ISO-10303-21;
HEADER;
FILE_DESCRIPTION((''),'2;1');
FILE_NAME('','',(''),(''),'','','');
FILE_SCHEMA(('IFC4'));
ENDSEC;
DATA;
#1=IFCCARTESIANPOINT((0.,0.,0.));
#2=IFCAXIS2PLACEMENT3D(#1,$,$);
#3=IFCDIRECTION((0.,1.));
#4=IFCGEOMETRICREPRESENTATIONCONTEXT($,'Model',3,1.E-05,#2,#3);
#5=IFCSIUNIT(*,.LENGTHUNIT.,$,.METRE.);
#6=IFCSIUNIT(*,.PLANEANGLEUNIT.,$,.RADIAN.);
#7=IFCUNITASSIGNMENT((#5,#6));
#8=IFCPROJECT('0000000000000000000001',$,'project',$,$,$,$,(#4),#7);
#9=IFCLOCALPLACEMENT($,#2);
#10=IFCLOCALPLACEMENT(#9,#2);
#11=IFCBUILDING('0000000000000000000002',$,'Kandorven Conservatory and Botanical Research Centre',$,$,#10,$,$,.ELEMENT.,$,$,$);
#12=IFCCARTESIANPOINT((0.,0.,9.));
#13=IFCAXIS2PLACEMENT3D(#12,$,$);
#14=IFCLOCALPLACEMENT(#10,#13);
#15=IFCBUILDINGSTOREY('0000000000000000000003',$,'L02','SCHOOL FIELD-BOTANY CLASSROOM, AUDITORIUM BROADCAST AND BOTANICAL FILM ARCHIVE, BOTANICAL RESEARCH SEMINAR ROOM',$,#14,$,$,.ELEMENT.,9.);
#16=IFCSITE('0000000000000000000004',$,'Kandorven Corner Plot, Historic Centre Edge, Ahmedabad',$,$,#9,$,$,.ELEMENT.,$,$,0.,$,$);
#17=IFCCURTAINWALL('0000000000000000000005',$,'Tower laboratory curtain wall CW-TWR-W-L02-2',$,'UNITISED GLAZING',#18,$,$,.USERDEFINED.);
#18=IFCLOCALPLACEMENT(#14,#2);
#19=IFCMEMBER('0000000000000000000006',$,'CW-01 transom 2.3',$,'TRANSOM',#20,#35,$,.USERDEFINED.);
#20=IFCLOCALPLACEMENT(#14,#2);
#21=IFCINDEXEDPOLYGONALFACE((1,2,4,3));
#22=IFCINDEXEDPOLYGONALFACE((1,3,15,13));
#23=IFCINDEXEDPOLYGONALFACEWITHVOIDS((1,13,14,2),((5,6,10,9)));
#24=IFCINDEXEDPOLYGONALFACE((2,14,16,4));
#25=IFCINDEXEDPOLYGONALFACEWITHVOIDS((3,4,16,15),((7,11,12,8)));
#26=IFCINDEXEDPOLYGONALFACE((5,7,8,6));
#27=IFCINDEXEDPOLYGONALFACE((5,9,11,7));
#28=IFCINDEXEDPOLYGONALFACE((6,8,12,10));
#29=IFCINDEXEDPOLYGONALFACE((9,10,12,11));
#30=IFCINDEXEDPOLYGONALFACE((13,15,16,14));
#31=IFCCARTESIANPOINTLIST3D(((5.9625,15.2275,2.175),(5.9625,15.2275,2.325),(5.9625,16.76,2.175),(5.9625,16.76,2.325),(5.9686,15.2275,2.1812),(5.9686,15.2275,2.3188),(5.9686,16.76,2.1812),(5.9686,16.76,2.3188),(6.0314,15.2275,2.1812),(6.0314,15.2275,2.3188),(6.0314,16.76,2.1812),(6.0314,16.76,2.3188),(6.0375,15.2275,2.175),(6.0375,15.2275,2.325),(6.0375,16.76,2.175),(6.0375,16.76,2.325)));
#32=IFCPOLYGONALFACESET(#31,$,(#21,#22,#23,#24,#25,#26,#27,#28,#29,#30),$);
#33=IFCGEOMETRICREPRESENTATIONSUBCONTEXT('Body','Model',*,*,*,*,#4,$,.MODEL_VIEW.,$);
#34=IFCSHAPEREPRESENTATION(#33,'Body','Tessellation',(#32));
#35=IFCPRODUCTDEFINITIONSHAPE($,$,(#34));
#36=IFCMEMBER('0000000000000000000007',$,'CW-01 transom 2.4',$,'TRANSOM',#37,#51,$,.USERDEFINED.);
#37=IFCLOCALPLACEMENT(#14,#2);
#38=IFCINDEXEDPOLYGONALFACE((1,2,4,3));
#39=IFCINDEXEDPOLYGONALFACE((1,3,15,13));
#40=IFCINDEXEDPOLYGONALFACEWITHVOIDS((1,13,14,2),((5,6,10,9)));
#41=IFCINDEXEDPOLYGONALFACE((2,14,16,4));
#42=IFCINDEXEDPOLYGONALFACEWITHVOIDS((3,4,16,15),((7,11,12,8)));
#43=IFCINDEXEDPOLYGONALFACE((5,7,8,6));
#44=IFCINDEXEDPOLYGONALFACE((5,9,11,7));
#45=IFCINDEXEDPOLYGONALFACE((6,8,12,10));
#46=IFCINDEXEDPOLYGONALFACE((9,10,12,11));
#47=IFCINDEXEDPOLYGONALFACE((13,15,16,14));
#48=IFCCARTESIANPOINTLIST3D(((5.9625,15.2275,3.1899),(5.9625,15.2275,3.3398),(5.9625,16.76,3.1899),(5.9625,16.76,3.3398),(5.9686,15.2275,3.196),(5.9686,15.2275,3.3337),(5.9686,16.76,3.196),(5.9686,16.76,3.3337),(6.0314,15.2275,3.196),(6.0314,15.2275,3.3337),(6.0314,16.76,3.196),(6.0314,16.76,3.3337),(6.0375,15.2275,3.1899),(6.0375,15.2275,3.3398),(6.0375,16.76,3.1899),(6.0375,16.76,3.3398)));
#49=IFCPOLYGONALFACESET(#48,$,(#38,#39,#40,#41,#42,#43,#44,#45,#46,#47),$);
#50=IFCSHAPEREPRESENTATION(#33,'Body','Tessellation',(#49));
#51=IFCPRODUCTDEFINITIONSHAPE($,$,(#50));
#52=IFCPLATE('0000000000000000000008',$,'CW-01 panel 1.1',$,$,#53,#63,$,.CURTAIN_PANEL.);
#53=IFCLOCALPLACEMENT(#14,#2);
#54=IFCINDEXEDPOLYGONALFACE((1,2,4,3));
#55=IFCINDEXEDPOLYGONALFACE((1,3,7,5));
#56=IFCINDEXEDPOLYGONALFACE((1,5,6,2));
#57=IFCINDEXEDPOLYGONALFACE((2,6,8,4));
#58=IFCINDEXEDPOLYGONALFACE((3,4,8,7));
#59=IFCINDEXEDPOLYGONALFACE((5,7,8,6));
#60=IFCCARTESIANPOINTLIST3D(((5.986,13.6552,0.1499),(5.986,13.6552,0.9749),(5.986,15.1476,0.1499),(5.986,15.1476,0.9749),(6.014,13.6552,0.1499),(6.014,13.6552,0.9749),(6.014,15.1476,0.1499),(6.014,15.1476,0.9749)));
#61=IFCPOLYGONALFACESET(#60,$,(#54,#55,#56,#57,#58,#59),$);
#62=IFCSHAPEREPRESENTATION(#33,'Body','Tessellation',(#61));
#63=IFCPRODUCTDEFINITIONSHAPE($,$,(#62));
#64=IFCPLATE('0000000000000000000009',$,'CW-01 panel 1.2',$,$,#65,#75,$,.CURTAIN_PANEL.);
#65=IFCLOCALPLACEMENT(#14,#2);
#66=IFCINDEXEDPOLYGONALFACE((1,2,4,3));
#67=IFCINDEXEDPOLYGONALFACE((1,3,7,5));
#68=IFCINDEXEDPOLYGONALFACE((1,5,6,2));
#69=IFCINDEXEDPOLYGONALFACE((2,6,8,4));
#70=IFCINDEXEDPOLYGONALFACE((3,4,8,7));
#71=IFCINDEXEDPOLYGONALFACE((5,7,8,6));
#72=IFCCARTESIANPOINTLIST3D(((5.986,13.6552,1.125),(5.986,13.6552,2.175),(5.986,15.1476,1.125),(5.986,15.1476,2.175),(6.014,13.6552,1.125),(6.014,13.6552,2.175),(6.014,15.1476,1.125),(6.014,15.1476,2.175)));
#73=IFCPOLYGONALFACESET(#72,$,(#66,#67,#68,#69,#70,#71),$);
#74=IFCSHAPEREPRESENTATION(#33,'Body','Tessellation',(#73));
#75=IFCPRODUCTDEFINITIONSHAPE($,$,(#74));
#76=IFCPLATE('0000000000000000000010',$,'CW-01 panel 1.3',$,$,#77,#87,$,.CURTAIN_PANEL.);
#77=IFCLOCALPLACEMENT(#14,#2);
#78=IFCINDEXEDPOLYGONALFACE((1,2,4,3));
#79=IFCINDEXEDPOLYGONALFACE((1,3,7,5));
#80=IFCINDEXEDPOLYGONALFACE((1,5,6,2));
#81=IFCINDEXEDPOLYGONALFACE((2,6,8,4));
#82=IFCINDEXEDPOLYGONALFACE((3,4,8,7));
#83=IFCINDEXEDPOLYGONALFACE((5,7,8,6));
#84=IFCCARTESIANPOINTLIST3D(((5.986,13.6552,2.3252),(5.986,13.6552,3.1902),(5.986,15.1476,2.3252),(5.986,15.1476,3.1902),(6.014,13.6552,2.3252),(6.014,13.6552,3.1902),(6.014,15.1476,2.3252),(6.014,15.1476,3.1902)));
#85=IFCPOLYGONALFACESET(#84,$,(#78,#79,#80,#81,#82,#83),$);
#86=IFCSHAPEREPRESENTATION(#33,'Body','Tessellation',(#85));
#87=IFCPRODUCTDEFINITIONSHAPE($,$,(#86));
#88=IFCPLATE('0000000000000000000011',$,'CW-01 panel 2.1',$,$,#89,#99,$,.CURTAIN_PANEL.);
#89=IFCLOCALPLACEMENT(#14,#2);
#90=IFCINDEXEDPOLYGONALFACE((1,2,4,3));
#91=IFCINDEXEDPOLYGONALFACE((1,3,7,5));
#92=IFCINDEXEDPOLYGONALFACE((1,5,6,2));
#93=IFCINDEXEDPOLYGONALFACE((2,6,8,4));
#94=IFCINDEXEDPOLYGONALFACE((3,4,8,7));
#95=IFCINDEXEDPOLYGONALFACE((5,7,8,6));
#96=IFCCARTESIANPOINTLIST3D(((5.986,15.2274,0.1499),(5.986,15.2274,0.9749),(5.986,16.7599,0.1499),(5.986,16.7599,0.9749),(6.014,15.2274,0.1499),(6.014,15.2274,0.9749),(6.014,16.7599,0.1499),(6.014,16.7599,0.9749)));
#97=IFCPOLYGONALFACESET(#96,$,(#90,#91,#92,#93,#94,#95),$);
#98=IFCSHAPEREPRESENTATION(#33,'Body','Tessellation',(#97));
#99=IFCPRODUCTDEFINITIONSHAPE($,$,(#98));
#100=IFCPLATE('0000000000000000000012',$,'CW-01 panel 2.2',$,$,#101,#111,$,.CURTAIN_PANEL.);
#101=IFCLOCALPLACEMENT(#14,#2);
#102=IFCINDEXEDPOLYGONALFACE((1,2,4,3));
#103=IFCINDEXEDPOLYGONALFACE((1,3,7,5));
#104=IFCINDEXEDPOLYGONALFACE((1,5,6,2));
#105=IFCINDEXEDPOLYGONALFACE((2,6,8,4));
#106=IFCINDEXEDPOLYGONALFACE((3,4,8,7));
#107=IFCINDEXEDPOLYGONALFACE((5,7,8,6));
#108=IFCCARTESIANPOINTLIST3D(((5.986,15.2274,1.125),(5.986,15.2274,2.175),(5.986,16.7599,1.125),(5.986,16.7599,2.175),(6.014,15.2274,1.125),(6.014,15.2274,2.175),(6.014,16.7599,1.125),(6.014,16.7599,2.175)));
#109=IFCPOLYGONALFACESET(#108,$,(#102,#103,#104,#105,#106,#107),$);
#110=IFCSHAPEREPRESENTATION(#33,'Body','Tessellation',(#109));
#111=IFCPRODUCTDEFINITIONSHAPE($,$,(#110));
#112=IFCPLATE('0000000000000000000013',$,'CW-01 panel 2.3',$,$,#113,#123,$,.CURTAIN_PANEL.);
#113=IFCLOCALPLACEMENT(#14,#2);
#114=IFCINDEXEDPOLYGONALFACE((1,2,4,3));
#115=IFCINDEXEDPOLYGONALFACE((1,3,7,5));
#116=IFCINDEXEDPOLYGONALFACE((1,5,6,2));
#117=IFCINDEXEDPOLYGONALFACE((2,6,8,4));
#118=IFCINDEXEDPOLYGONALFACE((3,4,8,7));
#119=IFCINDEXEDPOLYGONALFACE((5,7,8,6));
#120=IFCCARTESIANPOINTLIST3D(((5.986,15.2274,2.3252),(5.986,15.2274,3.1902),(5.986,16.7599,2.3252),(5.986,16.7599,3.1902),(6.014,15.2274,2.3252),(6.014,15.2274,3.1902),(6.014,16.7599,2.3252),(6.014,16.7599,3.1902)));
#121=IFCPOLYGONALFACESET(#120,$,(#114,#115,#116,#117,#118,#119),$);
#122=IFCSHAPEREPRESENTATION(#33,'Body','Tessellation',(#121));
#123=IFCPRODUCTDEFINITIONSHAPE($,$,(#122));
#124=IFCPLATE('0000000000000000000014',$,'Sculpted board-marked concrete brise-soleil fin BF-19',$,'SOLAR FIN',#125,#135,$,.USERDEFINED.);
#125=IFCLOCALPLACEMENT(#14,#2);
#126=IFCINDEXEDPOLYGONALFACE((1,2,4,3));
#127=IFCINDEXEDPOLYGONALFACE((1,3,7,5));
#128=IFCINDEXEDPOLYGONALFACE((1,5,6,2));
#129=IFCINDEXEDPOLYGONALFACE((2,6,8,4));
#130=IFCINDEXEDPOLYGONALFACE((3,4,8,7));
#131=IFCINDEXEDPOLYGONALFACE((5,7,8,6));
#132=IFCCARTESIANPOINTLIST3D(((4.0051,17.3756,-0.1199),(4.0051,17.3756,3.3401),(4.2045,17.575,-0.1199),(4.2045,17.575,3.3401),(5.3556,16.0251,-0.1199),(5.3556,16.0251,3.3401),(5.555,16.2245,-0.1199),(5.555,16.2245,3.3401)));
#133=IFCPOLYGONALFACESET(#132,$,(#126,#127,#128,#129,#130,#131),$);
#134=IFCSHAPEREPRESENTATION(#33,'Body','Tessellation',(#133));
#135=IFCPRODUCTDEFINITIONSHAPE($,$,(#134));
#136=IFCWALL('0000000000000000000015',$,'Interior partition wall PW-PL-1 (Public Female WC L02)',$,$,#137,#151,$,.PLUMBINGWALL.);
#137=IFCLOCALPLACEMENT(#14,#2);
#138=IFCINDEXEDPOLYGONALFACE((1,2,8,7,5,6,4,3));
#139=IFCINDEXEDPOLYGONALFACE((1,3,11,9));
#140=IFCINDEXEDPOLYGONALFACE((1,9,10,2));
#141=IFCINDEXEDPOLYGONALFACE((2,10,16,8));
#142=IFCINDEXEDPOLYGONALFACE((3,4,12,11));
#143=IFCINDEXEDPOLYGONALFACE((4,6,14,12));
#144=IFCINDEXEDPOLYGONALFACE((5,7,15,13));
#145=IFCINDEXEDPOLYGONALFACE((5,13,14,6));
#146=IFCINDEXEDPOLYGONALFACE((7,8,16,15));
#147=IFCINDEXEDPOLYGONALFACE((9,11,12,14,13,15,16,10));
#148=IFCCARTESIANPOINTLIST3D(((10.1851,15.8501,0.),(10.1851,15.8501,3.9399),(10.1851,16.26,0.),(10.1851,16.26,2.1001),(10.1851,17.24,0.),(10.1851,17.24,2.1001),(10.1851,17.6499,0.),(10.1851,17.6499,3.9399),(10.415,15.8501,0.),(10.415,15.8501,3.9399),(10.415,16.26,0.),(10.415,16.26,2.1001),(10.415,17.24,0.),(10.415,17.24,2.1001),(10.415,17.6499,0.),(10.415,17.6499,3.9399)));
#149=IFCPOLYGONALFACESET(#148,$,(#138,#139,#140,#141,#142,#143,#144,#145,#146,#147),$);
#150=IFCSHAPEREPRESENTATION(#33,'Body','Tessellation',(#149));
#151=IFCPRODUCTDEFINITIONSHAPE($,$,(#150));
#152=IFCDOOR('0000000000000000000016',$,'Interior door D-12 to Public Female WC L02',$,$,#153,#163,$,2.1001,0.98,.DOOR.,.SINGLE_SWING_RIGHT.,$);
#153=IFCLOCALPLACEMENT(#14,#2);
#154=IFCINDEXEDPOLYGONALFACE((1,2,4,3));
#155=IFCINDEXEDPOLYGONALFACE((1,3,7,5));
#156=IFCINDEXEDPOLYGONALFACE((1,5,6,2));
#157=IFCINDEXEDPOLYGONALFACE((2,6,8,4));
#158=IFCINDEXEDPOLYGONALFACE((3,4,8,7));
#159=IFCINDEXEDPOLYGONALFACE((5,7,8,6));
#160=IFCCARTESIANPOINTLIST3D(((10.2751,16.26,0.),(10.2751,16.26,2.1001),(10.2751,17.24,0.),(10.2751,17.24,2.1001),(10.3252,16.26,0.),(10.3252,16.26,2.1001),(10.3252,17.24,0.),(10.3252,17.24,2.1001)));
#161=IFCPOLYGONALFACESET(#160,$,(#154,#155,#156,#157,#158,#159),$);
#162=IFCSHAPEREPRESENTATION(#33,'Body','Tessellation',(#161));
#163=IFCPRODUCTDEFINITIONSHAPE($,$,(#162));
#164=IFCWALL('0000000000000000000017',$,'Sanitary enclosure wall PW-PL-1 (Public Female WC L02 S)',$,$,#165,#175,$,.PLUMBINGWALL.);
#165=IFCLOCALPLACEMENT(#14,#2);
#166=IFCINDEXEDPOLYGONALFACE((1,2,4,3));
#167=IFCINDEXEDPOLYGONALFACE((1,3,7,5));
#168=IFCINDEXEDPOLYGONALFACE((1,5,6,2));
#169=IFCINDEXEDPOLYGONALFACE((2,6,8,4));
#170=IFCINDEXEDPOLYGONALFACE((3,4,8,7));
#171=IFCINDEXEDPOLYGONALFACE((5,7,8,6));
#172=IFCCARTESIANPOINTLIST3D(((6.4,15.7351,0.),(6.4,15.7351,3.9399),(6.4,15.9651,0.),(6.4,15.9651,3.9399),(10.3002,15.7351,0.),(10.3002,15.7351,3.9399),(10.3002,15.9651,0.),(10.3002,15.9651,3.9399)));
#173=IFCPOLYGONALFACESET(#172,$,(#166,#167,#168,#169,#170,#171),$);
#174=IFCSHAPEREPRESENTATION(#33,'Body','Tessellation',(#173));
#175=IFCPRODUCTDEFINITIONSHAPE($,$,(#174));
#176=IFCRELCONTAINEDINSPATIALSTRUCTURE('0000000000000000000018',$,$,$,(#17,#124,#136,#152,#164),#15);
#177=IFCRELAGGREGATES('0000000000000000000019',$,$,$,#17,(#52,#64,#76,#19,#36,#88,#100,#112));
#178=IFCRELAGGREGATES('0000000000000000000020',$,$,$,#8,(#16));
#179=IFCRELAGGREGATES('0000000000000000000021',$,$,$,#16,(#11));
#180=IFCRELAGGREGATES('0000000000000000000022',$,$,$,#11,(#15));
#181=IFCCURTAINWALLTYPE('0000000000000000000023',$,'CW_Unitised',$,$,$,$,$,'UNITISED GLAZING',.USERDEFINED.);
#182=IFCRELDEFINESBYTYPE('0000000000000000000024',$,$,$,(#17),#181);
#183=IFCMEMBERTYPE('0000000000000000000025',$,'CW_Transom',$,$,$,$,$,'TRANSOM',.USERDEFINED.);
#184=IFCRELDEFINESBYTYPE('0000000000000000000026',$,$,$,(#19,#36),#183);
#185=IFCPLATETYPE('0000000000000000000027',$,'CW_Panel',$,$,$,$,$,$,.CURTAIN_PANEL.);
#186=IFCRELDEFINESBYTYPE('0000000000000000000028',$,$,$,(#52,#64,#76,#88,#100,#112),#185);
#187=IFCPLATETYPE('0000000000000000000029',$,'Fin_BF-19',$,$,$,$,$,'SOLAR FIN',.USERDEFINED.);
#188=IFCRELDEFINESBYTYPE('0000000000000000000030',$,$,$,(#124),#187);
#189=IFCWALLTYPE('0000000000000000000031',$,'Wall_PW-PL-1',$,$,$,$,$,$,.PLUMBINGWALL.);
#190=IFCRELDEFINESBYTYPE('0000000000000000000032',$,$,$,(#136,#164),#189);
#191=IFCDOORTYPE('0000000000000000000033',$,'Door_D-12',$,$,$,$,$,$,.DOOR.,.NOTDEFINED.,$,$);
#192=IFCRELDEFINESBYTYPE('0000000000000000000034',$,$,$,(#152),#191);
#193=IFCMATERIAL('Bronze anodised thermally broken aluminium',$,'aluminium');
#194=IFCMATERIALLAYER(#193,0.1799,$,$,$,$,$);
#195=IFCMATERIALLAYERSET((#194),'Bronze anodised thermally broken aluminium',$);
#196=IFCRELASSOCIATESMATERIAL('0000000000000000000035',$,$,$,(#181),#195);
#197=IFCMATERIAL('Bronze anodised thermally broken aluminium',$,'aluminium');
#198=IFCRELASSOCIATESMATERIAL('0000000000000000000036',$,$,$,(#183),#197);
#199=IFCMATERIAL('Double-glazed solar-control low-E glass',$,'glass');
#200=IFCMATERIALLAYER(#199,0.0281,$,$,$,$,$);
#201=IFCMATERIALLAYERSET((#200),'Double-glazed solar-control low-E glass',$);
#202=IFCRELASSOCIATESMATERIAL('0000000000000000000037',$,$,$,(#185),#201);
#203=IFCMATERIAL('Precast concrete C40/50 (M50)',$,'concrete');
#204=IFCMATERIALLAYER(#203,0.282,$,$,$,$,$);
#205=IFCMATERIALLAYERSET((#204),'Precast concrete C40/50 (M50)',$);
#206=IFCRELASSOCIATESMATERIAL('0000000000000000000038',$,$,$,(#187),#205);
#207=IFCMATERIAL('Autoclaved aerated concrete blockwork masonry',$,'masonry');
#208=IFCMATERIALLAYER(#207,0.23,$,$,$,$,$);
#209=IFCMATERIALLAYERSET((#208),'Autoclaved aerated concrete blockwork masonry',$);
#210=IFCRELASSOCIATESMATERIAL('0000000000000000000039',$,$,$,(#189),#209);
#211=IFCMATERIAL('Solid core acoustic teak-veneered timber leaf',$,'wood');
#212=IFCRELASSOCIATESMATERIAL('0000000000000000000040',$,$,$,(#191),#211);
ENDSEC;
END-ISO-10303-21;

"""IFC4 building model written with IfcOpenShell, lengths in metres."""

from ifc_helpers import new_model, si_unit, direction, frame, frame_2d, origin, origin_2d, place, context, subcontext, project, spatial, rectangle, hollow_rectangle, extrude, material, layer, layer_set, material_profile, profile_set, type_object, element, fill, aggregate, save


model = new_model("IFC4")

# Units and contexts
model_context = context("Model", 3, precision=1e-05, world=origin(), true_north=direction((0.0, 1.0)))
body_context = subcontext(model_context, "Body", "Model", "MODEL_VIEW")
ifc_project = project(units=[si_unit("LENGTHUNIT", "METRE"), si_unit("PLANEANGLEUNIT", "RADIAN")], contexts=[model_context])

# Site, building, storey
site_placement = place(None, origin())
site = spatial("IfcSite", under=ifc_project, at=site_placement, Name="Kandorven Corner Plot, Historic Centre Edge, Ahmedabad", CompositionType="ELEMENT", RefElevation=0.0)
building_placement = place(site_placement, origin())
building = spatial("IfcBuilding", under=site, at=building_placement, Name="Kandorven Conservatory and Botanical Research Centre", CompositionType="ELEMENT")
storey_placement = place(building_placement, frame((0.0, 0.0, 9.0)))
storey = spatial("IfcBuildingStorey", under=building, at=storey_placement, Name="L02", Description="SCHOOL FIELD-BOTANY CLASSROOM, AUDITORIUM BROADCAST AND BOTANICAL FILM ARCHIVE, BOTANICAL RESEARCH SEMINAR ROOM", CompositionType="ELEMENT", Elevation=9.0)

# Curtain wall, members, plates
ifc_material_1 = material(Name="Bronze anodised thermally broken aluminium", Category="aluminium")
ifc_layer_1 = layer(ifc_material_1, 0.1799)
ifc_layer_set_1 = layer_set([ifc_layer_1], Name="Bronze anodised thermally broken aluminium")
curtain_wall_type = type_object("IfcCurtainWallType", Name="CW_Unitised", ElementType="UNITISED GLAZING", PredefinedType="USERDEFINED", material=ifc_layer_set_1)
curtain_wall_placement = place(storey_placement, origin())
curtain_wall = element("IfcCurtainWall", 1, at=curtain_wall_placement, inside=storey, type_object=curtain_wall_type, Name="Tower laboratory curtain wall CW-TWR-W-L02-2", ObjectType="UNITISED GLAZING", PredefinedType="USERDEFINED")
ifc_material_2 = material(Name="Bronze anodised thermally broken aluminium", Category="aluminium")
ifc_material_profile_1 = material_profile(ifc_material_2, hollow_rectangle(XDim=0.075, YDim=0.1499, WallThickness=0.0061, at=origin_2d()))
ifc_profile_set_1 = profile_set([ifc_material_profile_1], Name="Bronze anodised thermally broken aluminium")
member_type_1 = type_object("IfcMemberType", Name="CW_Transom", ElementType="TRANSOM", PredefinedType="USERDEFINED", material=ifc_profile_set_1)
member_1_placement = place(storey_placement, frame((6.0, 15.2275, 2.25), z_axis=(0.0, 1.0, 0.0), x_axis=(-1.0, 0.0, 0.0)))
member_1 = element("IfcMember", 2, at=member_1_placement, type_object=member_type_1, Name="CW-01 transom 2.3", ObjectType="TRANSOM", PredefinedType="USERDEFINED", context=body_context, shape_type="SweptSolid", body=[
    extrude(hollow_rectangle(XDim=0.075, YDim=0.1499, WallThickness=0.0061, at=origin_2d()), origin(), (0.0, 0.0, 1.0), 1.5325),
])
member_2_placement = place(storey_placement, frame((6.0, 15.2275, 3.2649), z_axis=(0.0, 1.0, 0.0), x_axis=(-1.0, 0.0, 0.0)))
member_2 = element("IfcMember", 3, at=member_2_placement, type_object=member_type_1, Name="CW-01 transom 2.4", ObjectType="TRANSOM", PredefinedType="USERDEFINED", context=body_context, shape_type="SweptSolid", body=[
    extrude(hollow_rectangle(XDim=0.075, YDim=0.1499, WallThickness=0.0061, at=origin_2d()), origin(), (0.0, 0.0, 1.0), 1.5325),
])
ifc_material_3 = material(Name="Double-glazed solar-control low-E glass", Category="glass")
ifc_layer_2 = layer(ifc_material_3, 0.0281)
ifc_layer_set_2 = layer_set([ifc_layer_2], Name="Double-glazed solar-control low-E glass")
plate_type_1 = type_object("IfcPlateType", Name="CW_Panel", PredefinedType="CURTAIN_PANEL", material=ifc_layer_set_2)
plate_1_placement = place(storey_placement, frame((6.0, 14.4014, 0.1499), z_axis=(0.0, 0.0, 1.0), x_axis=(0.0, 1.0, 0.0)))
plate_1 = element("IfcPlate", 4, at=plate_1_placement, type_object=plate_type_1, Name="CW-01 panel 1.1", PredefinedType="CURTAIN_PANEL", context=body_context, shape_type="SweptSolid", body=[
    extrude(rectangle(XDim=1.4924, YDim=0.0281, at=origin_2d()), origin(), (0.0, 0.0, 1.0), 0.825),
])
plate_2_placement = place(storey_placement, frame((6.0, 14.4014, 1.125), z_axis=(0.0, 0.0, 1.0), x_axis=(0.0, 1.0, 0.0)))
plate_2 = element("IfcPlate", 5, at=plate_2_placement, type_object=plate_type_1, Name="CW-01 panel 1.2", PredefinedType="CURTAIN_PANEL", context=body_context, shape_type="SweptSolid", body=[
    extrude(rectangle(XDim=1.4924, YDim=0.0281, at=origin_2d()), origin(), (0.0, 0.0, 1.0), 1.05),
])
plate_3_placement = place(storey_placement, frame((6.0, 14.4014, 2.3252), z_axis=(0.0, 0.0, 1.0), x_axis=(0.0, 1.0, 0.0)))
plate_3 = element("IfcPlate", 6, at=plate_3_placement, type_object=plate_type_1, Name="CW-01 panel 1.3", PredefinedType="CURTAIN_PANEL", context=body_context, shape_type="SweptSolid", body=[
    extrude(rectangle(XDim=1.4924, YDim=0.0281, at=origin_2d()), origin(), (0.0, 0.0, 1.0), 0.865),
])
plate_4_placement = place(storey_placement, frame((6.0, 15.9937, 0.1499), z_axis=(0.0, 0.0, 1.0), x_axis=(0.0, 1.0, 0.0)))
plate_4 = element("IfcPlate", 7, at=plate_4_placement, type_object=plate_type_1, Name="CW-01 panel 2.1", PredefinedType="CURTAIN_PANEL", context=body_context, shape_type="SweptSolid", body=[
    extrude(rectangle(XDim=1.5325, YDim=0.0281, at=origin_2d()), origin(), (0.0, 0.0, 1.0), 0.825),
])
plate_5_placement = place(storey_placement, frame((6.0, 15.9937, 1.125), z_axis=(0.0, 0.0, 1.0), x_axis=(0.0, 1.0, 0.0)))
plate_5 = element("IfcPlate", 8, at=plate_5_placement, type_object=plate_type_1, Name="CW-01 panel 2.2", PredefinedType="CURTAIN_PANEL", context=body_context, shape_type="SweptSolid", body=[
    extrude(rectangle(XDim=1.5325, YDim=0.0281, at=origin_2d()), origin(), (0.0, 0.0, 1.0), 1.05),
])
plate_6_placement = place(storey_placement, frame((6.0, 15.9937, 2.3252), z_axis=(0.0, 0.0, 1.0), x_axis=(0.0, 1.0, 0.0)))
plate_6 = element("IfcPlate", 9, at=plate_6_placement, type_object=plate_type_1, Name="CW-01 panel 2.3", PredefinedType="CURTAIN_PANEL", context=body_context, shape_type="SweptSolid", body=[
    extrude(rectangle(XDim=1.5325, YDim=0.0281, at=origin_2d()), origin(), (0.0, 0.0, 1.0), 0.865),
])
aggregate(curtain_wall, [plate_1, plate_2, plate_3, member_1, member_2, plate_4, plate_5, plate_6])

# Plate
ifc_material_4 = material(Name="Precast concrete C40/50 (M50)", Category="concrete")
ifc_layer_3 = layer(ifc_material_4, 0.282)
ifc_layer_set_3 = layer_set([ifc_layer_3], Name="Precast concrete C40/50 (M50)")
plate_type_2 = type_object("IfcPlateType", Name="Fin_BF-19", ElementType="SOLAR FIN", PredefinedType="USERDEFINED", material=ifc_layer_set_3)
plate_7_placement = place(storey_placement, frame((4.78, 16.8, -0.1199), z_axis=(0.0, 0.0, 1.0), x_axis=(-0.707107, 0.707107, 0.0)))
element("IfcPlate", 10, at=plate_7_placement, inside=storey, type_object=plate_type_2, Name="Sculpted board-marked concrete brise-soleil fin BF-19", ObjectType="SOLAR FIN", PredefinedType="USERDEFINED", context=body_context, shape_type="SweptSolid", body=[
    extrude(rectangle(XDim=1.9099, YDim=0.282, at=origin_2d()), origin(), (0.0, 0.0, 1.0), 3.46),
])

# Wall, opening, door
ifc_material_5 = material(Name="Autoclaved aerated concrete blockwork masonry", Category="masonry")
ifc_layer_4 = layer(ifc_material_5, 0.23)
ifc_layer_set_4 = layer_set([ifc_layer_4], Name="Autoclaved aerated concrete blockwork masonry")
wall_type_1 = type_object("IfcWallType", Name="Wall_PW-PL-1", PredefinedType="PLUMBINGWALL", material=ifc_layer_set_4)
wall_1_placement = place(storey_placement, frame((10.3, 15.8501, 0.0), z_axis=(0.0, 0.0, 1.0), x_axis=(0.0, 1.0, 0.0)))
wall_1 = element("IfcWall", 11, at=wall_1_placement, inside=storey, type_object=wall_type_1, Name="Interior partition wall PW-PL-1 (Public Female WC L02)", PredefinedType="PLUMBINGWALL", context=body_context, shape_type="SweptSolid", body=[
    extrude(rectangle(XDim=1.7998, YDim=0.23, at=frame_2d((0.8999, 0.0))), origin(), (0.0, 0.0, 1.0), 3.9399),
])
opening_1_placement = place(wall_1_placement, frame((0.4099, 0.0, 0.0)))
opening_1 = element("IfcOpeningElement", 12, at=opening_1_placement, cuts=wall_1, PredefinedType="OPENING", context=body_context, shape_type="SweptSolid", body=[
    extrude(rectangle(XDim=0.98, YDim=2.1001, at=frame_2d((0.49, 1.05))), frame((0.0, 0.125, 0.0), z_axis=(0.0, -1.0, 0.0), x_axis=(1.0, 0.0, 0.0)), (0.0, 0.0, 1.0), 0.25),
])
ifc_material_6 = material(Name="Solid core acoustic teak-veneered timber leaf", Category="wood")
door_type_1 = type_object("IfcDoorType", Name="Door_D-12", OperationType="NOTDEFINED", PredefinedType="DOOR", material=ifc_material_6)
door_1_placement = place(opening_1_placement, origin())
door_1 = element("IfcDoor", 13, at=door_1_placement, inside=storey, type_object=door_type_1, Name="Interior door D-12 to Public Female WC L02", OperationType="SINGLE_SWING_RIGHT", OverallHeight=2.1001, OverallWidth=0.98, PredefinedType="DOOR", context=body_context, shape_type="SweptSolid", body=[
    extrude(rectangle(XDim=0.98, YDim=2.1001, at=frame_2d((0.49, 1.05))), frame((0.0, 0.0249, 0.0), z_axis=(0.0, -1.0, 0.0), x_axis=(1.0, 0.0, 0.0)), (0.0, 0.0, 1.0), 0.05),
])
fill(opening_1, door_1)

# Wall
wall_2_placement = place(storey_placement, frame((6.3999, 15.8501, 0.0), z_axis=(0.0, 0.0, 1.0), x_axis=(1.0, 0.0, 0.0)))
element("IfcWall", 14, at=wall_2_placement, inside=storey, type_object=wall_type_1, Name="Sanitary enclosure wall PW-PL-1 (Public Female WC L02 S)", PredefinedType="PLUMBINGWALL", context=body_context, shape_type="SweptSolid", body=[
    extrude(rectangle(XDim=3.9001, YDim=0.23, at=frame_2d((1.9502, 0.0))), origin(), (0.0, 0.0, 1.0), 3.9399),
])

save(model, "model.ifc")
